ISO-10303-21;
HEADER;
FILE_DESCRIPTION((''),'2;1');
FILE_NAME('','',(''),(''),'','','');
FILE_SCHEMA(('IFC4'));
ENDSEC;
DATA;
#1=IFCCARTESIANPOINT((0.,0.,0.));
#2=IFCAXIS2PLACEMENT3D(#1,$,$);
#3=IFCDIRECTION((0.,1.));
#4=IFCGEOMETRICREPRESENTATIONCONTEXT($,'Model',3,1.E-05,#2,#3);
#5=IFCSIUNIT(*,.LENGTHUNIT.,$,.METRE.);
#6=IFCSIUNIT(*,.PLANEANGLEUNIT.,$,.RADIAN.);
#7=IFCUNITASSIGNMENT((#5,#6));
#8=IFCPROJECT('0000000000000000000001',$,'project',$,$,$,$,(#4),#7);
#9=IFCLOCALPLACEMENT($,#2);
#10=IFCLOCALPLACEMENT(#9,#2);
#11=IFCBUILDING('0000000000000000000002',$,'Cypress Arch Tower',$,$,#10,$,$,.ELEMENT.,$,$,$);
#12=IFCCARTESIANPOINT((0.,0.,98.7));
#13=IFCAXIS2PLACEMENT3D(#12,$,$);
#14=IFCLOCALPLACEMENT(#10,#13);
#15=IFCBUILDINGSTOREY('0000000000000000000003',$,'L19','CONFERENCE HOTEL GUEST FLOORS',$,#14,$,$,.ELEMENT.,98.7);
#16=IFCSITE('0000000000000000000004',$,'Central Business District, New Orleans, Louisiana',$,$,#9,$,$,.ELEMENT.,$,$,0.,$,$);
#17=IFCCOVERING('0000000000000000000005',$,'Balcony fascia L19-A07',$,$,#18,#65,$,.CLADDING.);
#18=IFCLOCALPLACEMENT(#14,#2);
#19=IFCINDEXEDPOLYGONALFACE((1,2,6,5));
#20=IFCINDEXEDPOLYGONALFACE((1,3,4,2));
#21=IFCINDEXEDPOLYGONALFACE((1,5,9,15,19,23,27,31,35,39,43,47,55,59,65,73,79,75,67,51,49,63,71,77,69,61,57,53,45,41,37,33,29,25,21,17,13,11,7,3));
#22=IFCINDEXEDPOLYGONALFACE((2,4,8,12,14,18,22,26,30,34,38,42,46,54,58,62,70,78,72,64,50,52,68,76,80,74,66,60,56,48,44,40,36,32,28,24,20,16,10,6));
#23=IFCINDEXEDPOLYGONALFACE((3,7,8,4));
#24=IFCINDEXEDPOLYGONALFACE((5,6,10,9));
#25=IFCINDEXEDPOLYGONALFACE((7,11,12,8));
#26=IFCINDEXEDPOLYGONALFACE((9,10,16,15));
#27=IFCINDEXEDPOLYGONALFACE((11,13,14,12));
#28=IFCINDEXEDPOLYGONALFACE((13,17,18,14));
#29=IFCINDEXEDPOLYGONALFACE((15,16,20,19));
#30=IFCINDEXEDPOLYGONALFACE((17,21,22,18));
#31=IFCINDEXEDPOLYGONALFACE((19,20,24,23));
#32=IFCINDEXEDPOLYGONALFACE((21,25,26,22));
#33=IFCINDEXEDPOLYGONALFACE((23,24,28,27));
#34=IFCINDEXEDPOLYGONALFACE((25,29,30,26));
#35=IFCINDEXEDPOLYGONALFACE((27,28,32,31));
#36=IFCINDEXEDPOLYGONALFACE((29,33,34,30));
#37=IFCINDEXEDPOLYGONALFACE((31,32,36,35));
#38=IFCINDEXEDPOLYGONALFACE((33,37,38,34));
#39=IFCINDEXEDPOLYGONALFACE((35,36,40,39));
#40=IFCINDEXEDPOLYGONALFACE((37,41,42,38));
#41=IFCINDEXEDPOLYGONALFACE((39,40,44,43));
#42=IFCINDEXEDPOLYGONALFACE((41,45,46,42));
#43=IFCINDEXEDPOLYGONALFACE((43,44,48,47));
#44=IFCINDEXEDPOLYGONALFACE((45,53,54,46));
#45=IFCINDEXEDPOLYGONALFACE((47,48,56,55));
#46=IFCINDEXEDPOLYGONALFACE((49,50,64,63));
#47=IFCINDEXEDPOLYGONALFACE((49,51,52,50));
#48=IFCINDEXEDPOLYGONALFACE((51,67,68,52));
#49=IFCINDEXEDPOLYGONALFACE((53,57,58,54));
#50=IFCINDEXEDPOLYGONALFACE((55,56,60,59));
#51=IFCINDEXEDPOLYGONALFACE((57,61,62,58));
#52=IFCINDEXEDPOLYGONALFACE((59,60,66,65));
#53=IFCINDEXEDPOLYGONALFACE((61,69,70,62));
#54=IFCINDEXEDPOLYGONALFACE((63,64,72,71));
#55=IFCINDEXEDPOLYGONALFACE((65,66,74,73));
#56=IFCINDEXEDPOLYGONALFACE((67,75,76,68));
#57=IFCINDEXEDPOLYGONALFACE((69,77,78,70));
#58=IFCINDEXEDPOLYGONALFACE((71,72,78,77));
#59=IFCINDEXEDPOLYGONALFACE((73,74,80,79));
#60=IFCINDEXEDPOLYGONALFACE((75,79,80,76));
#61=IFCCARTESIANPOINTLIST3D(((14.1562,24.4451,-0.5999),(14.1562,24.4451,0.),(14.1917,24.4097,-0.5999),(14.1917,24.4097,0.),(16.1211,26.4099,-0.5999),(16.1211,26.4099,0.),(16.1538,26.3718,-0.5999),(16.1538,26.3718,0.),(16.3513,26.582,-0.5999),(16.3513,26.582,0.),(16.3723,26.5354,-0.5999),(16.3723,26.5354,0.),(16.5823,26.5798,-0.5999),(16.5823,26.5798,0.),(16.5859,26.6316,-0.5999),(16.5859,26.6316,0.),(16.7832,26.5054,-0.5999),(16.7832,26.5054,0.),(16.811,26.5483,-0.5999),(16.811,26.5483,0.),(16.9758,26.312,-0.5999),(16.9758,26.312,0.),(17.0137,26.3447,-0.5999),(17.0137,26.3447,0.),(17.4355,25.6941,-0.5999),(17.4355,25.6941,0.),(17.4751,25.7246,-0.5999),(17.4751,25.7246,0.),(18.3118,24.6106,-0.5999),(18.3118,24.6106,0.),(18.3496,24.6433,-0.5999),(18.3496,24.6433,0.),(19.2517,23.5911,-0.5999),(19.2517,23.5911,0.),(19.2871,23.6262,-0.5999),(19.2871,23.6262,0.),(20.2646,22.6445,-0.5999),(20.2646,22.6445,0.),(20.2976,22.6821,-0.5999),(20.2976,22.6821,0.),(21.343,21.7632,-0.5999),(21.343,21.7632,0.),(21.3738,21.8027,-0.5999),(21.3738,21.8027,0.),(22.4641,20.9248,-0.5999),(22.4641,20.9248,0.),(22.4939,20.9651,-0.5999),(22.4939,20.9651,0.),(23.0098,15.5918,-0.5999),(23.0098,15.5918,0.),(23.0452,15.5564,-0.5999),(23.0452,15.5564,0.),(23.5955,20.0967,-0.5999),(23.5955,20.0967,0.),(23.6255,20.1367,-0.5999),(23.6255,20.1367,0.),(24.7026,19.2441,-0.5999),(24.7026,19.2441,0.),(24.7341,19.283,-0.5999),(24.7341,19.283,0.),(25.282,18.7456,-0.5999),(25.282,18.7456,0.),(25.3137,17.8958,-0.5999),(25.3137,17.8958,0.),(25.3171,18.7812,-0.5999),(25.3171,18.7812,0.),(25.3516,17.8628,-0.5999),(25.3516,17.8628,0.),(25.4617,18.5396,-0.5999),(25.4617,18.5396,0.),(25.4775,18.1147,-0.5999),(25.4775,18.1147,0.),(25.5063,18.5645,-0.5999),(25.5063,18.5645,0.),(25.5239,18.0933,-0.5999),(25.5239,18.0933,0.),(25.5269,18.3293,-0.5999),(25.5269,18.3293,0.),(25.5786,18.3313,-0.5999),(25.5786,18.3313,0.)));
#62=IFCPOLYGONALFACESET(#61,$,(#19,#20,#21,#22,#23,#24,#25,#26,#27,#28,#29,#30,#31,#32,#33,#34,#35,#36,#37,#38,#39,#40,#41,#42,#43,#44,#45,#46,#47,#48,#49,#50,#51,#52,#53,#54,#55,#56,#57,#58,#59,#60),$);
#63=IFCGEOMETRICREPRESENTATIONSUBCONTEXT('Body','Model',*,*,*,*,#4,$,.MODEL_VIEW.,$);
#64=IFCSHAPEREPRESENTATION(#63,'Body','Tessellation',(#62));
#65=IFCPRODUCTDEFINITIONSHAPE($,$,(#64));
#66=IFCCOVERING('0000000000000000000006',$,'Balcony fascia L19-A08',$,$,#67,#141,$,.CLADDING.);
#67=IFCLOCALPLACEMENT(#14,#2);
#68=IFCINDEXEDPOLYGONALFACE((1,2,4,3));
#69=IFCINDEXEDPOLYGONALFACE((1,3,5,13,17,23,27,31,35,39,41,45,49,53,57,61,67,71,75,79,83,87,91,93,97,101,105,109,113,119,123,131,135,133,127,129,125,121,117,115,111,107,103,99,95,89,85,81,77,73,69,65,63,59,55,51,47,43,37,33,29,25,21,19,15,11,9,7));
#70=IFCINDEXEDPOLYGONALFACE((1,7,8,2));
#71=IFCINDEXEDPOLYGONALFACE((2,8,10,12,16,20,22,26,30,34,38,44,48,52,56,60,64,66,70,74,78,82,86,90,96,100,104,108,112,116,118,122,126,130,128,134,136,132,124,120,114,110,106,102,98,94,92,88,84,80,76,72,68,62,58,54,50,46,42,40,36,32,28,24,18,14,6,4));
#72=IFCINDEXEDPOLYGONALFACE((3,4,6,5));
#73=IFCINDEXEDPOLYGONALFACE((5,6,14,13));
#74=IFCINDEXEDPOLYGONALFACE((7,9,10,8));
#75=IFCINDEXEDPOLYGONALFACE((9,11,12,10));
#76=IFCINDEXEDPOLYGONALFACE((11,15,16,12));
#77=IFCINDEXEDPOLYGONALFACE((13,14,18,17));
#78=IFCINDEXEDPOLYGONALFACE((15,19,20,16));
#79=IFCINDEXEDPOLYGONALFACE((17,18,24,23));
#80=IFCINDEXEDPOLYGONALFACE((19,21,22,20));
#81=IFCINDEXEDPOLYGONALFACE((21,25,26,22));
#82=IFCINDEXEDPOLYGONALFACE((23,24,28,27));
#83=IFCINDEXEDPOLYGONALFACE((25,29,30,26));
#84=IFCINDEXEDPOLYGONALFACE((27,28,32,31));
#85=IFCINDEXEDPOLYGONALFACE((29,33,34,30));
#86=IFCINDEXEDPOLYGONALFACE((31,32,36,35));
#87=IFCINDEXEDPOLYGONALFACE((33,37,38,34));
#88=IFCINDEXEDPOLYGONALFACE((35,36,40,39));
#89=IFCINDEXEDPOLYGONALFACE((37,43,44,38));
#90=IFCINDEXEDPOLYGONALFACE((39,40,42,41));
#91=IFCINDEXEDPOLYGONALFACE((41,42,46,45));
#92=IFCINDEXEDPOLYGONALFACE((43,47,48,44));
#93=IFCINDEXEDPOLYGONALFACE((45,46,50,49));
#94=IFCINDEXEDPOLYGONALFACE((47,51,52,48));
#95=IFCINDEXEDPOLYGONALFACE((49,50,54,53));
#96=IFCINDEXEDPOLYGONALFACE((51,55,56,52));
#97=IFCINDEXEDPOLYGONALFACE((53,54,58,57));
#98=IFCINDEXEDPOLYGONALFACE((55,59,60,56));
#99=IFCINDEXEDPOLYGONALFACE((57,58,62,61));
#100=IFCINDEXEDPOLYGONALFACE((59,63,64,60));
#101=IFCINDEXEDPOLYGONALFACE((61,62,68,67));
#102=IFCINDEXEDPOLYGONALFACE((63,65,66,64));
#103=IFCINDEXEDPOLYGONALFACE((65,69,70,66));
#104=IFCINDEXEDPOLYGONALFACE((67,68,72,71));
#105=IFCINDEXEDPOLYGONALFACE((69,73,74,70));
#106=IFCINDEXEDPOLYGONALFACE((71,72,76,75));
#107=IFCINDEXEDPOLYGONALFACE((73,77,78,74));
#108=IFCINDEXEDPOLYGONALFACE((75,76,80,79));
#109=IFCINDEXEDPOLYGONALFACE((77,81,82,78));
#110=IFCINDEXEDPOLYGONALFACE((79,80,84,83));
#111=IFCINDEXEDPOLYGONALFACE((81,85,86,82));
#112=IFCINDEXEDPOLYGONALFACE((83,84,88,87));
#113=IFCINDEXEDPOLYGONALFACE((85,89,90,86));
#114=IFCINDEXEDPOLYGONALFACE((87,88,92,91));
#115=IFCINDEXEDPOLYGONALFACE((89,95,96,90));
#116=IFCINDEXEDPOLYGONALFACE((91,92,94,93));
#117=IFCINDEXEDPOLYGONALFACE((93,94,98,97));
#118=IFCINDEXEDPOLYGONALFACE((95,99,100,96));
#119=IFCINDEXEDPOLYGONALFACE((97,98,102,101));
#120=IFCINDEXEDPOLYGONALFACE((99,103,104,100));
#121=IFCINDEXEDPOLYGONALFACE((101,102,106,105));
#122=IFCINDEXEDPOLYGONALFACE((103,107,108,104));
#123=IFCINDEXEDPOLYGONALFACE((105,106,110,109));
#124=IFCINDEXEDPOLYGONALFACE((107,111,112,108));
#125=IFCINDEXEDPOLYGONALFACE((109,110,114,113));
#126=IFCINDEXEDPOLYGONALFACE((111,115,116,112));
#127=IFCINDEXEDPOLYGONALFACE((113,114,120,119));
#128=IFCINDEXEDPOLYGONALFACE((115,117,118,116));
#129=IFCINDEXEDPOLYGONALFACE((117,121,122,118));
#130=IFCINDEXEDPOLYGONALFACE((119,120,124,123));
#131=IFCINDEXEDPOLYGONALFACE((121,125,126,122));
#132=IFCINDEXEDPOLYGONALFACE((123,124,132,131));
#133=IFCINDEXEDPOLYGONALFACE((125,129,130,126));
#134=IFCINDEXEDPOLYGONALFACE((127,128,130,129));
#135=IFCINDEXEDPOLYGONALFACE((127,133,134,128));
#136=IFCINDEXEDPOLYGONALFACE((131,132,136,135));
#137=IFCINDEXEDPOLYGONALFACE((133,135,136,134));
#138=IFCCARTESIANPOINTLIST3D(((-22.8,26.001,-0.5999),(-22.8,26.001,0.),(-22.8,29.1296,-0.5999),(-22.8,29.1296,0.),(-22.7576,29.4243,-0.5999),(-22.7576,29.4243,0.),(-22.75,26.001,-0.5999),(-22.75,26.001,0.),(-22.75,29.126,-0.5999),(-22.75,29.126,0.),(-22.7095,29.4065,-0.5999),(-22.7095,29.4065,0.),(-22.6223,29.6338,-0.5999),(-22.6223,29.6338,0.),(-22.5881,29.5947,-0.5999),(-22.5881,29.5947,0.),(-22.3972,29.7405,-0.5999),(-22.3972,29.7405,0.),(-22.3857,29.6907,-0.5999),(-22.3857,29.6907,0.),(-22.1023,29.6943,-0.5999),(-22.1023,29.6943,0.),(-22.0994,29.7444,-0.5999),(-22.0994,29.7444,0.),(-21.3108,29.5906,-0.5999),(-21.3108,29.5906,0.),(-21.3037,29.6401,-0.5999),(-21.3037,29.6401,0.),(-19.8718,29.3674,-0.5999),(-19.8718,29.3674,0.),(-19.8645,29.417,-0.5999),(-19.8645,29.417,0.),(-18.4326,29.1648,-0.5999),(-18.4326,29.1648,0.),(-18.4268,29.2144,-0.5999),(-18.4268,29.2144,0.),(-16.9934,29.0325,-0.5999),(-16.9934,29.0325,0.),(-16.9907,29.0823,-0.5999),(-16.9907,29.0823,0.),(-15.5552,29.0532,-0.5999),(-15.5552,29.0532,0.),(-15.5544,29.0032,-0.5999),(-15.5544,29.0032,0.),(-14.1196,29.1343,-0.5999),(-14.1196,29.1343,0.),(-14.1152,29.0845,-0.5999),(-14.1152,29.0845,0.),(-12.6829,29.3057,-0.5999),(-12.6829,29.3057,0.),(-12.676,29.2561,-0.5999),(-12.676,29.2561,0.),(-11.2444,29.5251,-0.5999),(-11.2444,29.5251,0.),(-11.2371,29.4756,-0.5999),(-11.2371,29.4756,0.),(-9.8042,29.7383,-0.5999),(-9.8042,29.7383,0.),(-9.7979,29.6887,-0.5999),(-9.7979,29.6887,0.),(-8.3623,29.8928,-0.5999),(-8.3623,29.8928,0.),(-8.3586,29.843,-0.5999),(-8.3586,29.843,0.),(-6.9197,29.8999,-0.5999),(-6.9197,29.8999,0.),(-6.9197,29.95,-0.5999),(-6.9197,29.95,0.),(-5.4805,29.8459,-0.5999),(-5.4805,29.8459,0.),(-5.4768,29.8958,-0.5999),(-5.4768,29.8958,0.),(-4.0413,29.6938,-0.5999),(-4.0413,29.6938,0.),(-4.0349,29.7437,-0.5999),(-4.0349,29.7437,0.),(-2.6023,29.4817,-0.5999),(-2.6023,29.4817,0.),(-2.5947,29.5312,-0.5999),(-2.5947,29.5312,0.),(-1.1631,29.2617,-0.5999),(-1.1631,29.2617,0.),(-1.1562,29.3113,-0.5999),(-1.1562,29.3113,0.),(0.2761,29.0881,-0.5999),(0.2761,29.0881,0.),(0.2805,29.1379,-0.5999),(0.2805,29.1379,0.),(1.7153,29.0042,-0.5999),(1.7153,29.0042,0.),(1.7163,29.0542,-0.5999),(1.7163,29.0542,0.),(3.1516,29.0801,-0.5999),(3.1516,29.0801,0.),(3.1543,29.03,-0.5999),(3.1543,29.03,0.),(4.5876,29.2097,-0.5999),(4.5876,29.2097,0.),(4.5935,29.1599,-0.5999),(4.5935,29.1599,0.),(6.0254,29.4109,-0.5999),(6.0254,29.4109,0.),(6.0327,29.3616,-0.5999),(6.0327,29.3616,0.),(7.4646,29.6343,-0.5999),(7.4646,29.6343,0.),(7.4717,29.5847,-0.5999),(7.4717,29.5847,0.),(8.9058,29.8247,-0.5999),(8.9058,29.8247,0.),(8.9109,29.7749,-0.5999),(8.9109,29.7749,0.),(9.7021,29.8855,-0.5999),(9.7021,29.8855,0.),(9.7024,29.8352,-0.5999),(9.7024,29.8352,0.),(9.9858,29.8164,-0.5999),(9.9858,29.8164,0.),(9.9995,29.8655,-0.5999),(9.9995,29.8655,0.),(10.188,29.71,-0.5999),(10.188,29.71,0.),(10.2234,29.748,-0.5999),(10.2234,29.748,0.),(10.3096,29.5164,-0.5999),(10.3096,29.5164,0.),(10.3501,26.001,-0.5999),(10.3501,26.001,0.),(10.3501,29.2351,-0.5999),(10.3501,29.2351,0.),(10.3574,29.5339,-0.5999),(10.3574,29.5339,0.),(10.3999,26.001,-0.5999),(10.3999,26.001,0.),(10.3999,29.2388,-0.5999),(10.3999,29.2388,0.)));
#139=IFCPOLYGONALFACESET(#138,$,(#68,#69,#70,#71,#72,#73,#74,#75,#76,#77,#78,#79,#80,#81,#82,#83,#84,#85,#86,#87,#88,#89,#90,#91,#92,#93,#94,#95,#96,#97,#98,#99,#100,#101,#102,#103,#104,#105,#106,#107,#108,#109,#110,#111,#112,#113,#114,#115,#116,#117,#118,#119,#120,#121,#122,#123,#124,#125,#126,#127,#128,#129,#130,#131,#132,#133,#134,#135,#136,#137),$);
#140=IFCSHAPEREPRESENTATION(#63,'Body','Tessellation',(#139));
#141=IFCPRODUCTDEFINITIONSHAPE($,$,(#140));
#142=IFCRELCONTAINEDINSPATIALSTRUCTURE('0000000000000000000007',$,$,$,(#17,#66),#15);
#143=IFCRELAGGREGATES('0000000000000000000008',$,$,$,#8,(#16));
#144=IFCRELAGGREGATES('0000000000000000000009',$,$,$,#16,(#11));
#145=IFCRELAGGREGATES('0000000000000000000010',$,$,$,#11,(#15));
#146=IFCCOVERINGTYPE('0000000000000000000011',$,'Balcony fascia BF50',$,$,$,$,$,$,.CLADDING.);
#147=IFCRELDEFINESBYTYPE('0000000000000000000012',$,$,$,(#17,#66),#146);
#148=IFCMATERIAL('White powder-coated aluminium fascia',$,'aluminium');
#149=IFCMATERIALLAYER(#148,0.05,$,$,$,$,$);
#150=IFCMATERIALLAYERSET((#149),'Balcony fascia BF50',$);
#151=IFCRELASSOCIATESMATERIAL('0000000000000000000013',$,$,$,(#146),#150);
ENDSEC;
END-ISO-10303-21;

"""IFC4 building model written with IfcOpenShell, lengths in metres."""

from ifc_helpers import new_model, si_unit, direction, frame, origin, place, context, subcontext, project, spatial, polyline, outline, extrude, material, layer, layer_set, type_object, element, save


model = new_model("IFC4")

# Units and contexts
model_context = context("Model", 3, precision=1e-05, world=origin(), true_north=direction((0.0, 1.0)))
body_context = subcontext(model_context, "Body", "Model", "MODEL_VIEW")
ifc_project = project(units=[si_unit("LENGTHUNIT", "METRE"), si_unit("PLANEANGLEUNIT", "RADIAN")], contexts=[model_context])

# Site, building, storey
site_placement = place(None, origin())
site = spatial("IfcSite", under=ifc_project, at=site_placement, Name="Central Business District, New Orleans, Louisiana", CompositionType="ELEMENT", RefElevation=0.0)
building_placement = place(site_placement, origin())
building = spatial("IfcBuilding", under=site, at=building_placement, Name="Cypress Arch Tower", CompositionType="ELEMENT")
storey_placement = place(building_placement, frame((0.0, 0.0, 98.7)))
storey = spatial("IfcBuildingStorey", under=building, at=storey_placement, Name="L19", Description="CONFERENCE HOTEL GUEST FLOORS", CompositionType="ELEMENT", Elevation=98.7)

# Coverings
ifc_material_1 = material(Name="White powder-coated aluminium fascia", Category="aluminium")
ifc_layer_1 = layer(ifc_material_1, 0.05)
ifc_layer_set_1 = layer_set([ifc_layer_1], Name="Balcony fascia BF50")
covering_type_1 = type_object("IfcCoveringType", Name="Balcony fascia BF50", PredefinedType="CLADDING", material=ifc_layer_set_1)
covering_1_placement = place(storey_placement, frame((0.0, 0.0, -0.5999)))
element("IfcCovering", 1, at=covering_1_placement, inside=storey, type_object=covering_type_1, Name="Balcony fascia L19-A07", PredefinedType="CLADDING", context=body_context, shape_type="SweptSolid", body=[
    extrude(outline(polyline([(16.1211, 26.4099), (16.3513, 26.582), (16.5859, 26.6316), (16.811, 26.5483), (17.0137, 26.3447), (17.4751, 25.7246), (18.3496, 24.6433), (19.2871, 23.6262), (20.2976, 22.6821), (21.3738, 21.8027), (22.4939, 20.9651), (23.6255, 20.1367), (24.7341, 19.283), (25.3171, 18.7812), (25.5063, 18.5645), (25.5786, 18.3313), (25.5239, 18.0933), (25.3516, 17.8628), (23.0452, 15.5564), (23.0098, 15.5918), (25.3137, 17.8958), (25.4775, 18.1147), (25.5269, 18.3293), (25.4617, 18.5396), (25.282, 18.7456), (24.7026, 19.2441), (23.5955, 20.0967), (22.4641, 20.9248), (21.343, 21.7632), (20.2646, 22.6445), (19.2517, 23.5911), (18.3118, 24.6106), (17.4355, 25.6941), (16.9758, 26.312), (16.7832, 26.5054), (16.5823, 26.5798), (16.3723, 26.5354), (16.1538, 26.3718), (14.1917, 24.4097), (14.1562, 24.4451), (16.1211, 26.4099)])), origin(), (0.0, 0.0, 1.0), 0.5999),
])
covering_2_placement = place(storey_placement, frame((0.0, 0.0, -0.5999)))
element("IfcCovering", 2, at=covering_2_placement, inside=storey, type_object=covering_type_1, Name="Balcony fascia L19-A08", PredefinedType="CLADDING", context=body_context, shape_type="SweptSolid", body=[
    extrude(outline(polyline([(-22.8, 29.1296), (-22.7576, 29.4243), (-22.6223, 29.6338), (-22.3972, 29.7405), (-22.0994, 29.7444), (-21.3037, 29.6401), (-19.8645, 29.417), (-18.4268, 29.2144), (-16.9907, 29.0823), (-15.5552, 29.0532), (-14.1196, 29.1343), (-12.6829, 29.3057), (-11.2444, 29.5251), (-9.8042, 29.7383), (-8.3623, 29.8928), (-6.9197, 29.95), (-5.4768, 29.8958), (-4.0349, 29.7437), (-2.5947, 29.5312), (-1.1562, 29.3113), (0.2805, 29.1379), (1.7163, 29.0542), (3.1516, 29.0801), (4.5876, 29.2097), (6.0254, 29.4109), (7.4646, 29.6343), (8.9058, 29.8247), (9.7021, 29.8855), (9.9995, 29.8655), (10.2234, 29.748), (10.3574, 29.5339), (10.3999, 29.2388), (10.3999, 26.001), (10.3501, 26.001), (10.3501, 29.2351), (10.3096, 29.5164), (10.188, 29.71), (9.9858, 29.8164), (9.7024, 29.8352), (8.9109, 29.7749), (7.4717, 29.5847), (6.0327, 29.3616), (4.5935, 29.1599), (3.1543, 29.03), (1.7153, 29.0042), (0.2761, 29.0881), (-1.1631, 29.2617), (-2.6023, 29.4817), (-4.0413, 29.6938), (-5.4805, 29.8459), (-6.9197, 29.8999), (-8.3586, 29.843), (-9.7979, 29.6887), (-11.2371, 29.4756), (-12.676, 29.2561), (-14.1152, 29.0845), (-15.5544, 29.0032), (-16.9934, 29.0325), (-18.4326, 29.1648), (-19.8718, 29.3674), (-21.3108, 29.5906), (-22.1023, 29.6943), (-22.3857, 29.6907), (-22.5881, 29.5947), (-22.7095, 29.4065), (-22.75, 29.126), (-22.75, 26.001), (-22.8, 26.001), (-22.8, 29.1296)])), origin(), (0.0, 0.0, 1.0), 0.5999),
])

save(model, "model.ifc")
